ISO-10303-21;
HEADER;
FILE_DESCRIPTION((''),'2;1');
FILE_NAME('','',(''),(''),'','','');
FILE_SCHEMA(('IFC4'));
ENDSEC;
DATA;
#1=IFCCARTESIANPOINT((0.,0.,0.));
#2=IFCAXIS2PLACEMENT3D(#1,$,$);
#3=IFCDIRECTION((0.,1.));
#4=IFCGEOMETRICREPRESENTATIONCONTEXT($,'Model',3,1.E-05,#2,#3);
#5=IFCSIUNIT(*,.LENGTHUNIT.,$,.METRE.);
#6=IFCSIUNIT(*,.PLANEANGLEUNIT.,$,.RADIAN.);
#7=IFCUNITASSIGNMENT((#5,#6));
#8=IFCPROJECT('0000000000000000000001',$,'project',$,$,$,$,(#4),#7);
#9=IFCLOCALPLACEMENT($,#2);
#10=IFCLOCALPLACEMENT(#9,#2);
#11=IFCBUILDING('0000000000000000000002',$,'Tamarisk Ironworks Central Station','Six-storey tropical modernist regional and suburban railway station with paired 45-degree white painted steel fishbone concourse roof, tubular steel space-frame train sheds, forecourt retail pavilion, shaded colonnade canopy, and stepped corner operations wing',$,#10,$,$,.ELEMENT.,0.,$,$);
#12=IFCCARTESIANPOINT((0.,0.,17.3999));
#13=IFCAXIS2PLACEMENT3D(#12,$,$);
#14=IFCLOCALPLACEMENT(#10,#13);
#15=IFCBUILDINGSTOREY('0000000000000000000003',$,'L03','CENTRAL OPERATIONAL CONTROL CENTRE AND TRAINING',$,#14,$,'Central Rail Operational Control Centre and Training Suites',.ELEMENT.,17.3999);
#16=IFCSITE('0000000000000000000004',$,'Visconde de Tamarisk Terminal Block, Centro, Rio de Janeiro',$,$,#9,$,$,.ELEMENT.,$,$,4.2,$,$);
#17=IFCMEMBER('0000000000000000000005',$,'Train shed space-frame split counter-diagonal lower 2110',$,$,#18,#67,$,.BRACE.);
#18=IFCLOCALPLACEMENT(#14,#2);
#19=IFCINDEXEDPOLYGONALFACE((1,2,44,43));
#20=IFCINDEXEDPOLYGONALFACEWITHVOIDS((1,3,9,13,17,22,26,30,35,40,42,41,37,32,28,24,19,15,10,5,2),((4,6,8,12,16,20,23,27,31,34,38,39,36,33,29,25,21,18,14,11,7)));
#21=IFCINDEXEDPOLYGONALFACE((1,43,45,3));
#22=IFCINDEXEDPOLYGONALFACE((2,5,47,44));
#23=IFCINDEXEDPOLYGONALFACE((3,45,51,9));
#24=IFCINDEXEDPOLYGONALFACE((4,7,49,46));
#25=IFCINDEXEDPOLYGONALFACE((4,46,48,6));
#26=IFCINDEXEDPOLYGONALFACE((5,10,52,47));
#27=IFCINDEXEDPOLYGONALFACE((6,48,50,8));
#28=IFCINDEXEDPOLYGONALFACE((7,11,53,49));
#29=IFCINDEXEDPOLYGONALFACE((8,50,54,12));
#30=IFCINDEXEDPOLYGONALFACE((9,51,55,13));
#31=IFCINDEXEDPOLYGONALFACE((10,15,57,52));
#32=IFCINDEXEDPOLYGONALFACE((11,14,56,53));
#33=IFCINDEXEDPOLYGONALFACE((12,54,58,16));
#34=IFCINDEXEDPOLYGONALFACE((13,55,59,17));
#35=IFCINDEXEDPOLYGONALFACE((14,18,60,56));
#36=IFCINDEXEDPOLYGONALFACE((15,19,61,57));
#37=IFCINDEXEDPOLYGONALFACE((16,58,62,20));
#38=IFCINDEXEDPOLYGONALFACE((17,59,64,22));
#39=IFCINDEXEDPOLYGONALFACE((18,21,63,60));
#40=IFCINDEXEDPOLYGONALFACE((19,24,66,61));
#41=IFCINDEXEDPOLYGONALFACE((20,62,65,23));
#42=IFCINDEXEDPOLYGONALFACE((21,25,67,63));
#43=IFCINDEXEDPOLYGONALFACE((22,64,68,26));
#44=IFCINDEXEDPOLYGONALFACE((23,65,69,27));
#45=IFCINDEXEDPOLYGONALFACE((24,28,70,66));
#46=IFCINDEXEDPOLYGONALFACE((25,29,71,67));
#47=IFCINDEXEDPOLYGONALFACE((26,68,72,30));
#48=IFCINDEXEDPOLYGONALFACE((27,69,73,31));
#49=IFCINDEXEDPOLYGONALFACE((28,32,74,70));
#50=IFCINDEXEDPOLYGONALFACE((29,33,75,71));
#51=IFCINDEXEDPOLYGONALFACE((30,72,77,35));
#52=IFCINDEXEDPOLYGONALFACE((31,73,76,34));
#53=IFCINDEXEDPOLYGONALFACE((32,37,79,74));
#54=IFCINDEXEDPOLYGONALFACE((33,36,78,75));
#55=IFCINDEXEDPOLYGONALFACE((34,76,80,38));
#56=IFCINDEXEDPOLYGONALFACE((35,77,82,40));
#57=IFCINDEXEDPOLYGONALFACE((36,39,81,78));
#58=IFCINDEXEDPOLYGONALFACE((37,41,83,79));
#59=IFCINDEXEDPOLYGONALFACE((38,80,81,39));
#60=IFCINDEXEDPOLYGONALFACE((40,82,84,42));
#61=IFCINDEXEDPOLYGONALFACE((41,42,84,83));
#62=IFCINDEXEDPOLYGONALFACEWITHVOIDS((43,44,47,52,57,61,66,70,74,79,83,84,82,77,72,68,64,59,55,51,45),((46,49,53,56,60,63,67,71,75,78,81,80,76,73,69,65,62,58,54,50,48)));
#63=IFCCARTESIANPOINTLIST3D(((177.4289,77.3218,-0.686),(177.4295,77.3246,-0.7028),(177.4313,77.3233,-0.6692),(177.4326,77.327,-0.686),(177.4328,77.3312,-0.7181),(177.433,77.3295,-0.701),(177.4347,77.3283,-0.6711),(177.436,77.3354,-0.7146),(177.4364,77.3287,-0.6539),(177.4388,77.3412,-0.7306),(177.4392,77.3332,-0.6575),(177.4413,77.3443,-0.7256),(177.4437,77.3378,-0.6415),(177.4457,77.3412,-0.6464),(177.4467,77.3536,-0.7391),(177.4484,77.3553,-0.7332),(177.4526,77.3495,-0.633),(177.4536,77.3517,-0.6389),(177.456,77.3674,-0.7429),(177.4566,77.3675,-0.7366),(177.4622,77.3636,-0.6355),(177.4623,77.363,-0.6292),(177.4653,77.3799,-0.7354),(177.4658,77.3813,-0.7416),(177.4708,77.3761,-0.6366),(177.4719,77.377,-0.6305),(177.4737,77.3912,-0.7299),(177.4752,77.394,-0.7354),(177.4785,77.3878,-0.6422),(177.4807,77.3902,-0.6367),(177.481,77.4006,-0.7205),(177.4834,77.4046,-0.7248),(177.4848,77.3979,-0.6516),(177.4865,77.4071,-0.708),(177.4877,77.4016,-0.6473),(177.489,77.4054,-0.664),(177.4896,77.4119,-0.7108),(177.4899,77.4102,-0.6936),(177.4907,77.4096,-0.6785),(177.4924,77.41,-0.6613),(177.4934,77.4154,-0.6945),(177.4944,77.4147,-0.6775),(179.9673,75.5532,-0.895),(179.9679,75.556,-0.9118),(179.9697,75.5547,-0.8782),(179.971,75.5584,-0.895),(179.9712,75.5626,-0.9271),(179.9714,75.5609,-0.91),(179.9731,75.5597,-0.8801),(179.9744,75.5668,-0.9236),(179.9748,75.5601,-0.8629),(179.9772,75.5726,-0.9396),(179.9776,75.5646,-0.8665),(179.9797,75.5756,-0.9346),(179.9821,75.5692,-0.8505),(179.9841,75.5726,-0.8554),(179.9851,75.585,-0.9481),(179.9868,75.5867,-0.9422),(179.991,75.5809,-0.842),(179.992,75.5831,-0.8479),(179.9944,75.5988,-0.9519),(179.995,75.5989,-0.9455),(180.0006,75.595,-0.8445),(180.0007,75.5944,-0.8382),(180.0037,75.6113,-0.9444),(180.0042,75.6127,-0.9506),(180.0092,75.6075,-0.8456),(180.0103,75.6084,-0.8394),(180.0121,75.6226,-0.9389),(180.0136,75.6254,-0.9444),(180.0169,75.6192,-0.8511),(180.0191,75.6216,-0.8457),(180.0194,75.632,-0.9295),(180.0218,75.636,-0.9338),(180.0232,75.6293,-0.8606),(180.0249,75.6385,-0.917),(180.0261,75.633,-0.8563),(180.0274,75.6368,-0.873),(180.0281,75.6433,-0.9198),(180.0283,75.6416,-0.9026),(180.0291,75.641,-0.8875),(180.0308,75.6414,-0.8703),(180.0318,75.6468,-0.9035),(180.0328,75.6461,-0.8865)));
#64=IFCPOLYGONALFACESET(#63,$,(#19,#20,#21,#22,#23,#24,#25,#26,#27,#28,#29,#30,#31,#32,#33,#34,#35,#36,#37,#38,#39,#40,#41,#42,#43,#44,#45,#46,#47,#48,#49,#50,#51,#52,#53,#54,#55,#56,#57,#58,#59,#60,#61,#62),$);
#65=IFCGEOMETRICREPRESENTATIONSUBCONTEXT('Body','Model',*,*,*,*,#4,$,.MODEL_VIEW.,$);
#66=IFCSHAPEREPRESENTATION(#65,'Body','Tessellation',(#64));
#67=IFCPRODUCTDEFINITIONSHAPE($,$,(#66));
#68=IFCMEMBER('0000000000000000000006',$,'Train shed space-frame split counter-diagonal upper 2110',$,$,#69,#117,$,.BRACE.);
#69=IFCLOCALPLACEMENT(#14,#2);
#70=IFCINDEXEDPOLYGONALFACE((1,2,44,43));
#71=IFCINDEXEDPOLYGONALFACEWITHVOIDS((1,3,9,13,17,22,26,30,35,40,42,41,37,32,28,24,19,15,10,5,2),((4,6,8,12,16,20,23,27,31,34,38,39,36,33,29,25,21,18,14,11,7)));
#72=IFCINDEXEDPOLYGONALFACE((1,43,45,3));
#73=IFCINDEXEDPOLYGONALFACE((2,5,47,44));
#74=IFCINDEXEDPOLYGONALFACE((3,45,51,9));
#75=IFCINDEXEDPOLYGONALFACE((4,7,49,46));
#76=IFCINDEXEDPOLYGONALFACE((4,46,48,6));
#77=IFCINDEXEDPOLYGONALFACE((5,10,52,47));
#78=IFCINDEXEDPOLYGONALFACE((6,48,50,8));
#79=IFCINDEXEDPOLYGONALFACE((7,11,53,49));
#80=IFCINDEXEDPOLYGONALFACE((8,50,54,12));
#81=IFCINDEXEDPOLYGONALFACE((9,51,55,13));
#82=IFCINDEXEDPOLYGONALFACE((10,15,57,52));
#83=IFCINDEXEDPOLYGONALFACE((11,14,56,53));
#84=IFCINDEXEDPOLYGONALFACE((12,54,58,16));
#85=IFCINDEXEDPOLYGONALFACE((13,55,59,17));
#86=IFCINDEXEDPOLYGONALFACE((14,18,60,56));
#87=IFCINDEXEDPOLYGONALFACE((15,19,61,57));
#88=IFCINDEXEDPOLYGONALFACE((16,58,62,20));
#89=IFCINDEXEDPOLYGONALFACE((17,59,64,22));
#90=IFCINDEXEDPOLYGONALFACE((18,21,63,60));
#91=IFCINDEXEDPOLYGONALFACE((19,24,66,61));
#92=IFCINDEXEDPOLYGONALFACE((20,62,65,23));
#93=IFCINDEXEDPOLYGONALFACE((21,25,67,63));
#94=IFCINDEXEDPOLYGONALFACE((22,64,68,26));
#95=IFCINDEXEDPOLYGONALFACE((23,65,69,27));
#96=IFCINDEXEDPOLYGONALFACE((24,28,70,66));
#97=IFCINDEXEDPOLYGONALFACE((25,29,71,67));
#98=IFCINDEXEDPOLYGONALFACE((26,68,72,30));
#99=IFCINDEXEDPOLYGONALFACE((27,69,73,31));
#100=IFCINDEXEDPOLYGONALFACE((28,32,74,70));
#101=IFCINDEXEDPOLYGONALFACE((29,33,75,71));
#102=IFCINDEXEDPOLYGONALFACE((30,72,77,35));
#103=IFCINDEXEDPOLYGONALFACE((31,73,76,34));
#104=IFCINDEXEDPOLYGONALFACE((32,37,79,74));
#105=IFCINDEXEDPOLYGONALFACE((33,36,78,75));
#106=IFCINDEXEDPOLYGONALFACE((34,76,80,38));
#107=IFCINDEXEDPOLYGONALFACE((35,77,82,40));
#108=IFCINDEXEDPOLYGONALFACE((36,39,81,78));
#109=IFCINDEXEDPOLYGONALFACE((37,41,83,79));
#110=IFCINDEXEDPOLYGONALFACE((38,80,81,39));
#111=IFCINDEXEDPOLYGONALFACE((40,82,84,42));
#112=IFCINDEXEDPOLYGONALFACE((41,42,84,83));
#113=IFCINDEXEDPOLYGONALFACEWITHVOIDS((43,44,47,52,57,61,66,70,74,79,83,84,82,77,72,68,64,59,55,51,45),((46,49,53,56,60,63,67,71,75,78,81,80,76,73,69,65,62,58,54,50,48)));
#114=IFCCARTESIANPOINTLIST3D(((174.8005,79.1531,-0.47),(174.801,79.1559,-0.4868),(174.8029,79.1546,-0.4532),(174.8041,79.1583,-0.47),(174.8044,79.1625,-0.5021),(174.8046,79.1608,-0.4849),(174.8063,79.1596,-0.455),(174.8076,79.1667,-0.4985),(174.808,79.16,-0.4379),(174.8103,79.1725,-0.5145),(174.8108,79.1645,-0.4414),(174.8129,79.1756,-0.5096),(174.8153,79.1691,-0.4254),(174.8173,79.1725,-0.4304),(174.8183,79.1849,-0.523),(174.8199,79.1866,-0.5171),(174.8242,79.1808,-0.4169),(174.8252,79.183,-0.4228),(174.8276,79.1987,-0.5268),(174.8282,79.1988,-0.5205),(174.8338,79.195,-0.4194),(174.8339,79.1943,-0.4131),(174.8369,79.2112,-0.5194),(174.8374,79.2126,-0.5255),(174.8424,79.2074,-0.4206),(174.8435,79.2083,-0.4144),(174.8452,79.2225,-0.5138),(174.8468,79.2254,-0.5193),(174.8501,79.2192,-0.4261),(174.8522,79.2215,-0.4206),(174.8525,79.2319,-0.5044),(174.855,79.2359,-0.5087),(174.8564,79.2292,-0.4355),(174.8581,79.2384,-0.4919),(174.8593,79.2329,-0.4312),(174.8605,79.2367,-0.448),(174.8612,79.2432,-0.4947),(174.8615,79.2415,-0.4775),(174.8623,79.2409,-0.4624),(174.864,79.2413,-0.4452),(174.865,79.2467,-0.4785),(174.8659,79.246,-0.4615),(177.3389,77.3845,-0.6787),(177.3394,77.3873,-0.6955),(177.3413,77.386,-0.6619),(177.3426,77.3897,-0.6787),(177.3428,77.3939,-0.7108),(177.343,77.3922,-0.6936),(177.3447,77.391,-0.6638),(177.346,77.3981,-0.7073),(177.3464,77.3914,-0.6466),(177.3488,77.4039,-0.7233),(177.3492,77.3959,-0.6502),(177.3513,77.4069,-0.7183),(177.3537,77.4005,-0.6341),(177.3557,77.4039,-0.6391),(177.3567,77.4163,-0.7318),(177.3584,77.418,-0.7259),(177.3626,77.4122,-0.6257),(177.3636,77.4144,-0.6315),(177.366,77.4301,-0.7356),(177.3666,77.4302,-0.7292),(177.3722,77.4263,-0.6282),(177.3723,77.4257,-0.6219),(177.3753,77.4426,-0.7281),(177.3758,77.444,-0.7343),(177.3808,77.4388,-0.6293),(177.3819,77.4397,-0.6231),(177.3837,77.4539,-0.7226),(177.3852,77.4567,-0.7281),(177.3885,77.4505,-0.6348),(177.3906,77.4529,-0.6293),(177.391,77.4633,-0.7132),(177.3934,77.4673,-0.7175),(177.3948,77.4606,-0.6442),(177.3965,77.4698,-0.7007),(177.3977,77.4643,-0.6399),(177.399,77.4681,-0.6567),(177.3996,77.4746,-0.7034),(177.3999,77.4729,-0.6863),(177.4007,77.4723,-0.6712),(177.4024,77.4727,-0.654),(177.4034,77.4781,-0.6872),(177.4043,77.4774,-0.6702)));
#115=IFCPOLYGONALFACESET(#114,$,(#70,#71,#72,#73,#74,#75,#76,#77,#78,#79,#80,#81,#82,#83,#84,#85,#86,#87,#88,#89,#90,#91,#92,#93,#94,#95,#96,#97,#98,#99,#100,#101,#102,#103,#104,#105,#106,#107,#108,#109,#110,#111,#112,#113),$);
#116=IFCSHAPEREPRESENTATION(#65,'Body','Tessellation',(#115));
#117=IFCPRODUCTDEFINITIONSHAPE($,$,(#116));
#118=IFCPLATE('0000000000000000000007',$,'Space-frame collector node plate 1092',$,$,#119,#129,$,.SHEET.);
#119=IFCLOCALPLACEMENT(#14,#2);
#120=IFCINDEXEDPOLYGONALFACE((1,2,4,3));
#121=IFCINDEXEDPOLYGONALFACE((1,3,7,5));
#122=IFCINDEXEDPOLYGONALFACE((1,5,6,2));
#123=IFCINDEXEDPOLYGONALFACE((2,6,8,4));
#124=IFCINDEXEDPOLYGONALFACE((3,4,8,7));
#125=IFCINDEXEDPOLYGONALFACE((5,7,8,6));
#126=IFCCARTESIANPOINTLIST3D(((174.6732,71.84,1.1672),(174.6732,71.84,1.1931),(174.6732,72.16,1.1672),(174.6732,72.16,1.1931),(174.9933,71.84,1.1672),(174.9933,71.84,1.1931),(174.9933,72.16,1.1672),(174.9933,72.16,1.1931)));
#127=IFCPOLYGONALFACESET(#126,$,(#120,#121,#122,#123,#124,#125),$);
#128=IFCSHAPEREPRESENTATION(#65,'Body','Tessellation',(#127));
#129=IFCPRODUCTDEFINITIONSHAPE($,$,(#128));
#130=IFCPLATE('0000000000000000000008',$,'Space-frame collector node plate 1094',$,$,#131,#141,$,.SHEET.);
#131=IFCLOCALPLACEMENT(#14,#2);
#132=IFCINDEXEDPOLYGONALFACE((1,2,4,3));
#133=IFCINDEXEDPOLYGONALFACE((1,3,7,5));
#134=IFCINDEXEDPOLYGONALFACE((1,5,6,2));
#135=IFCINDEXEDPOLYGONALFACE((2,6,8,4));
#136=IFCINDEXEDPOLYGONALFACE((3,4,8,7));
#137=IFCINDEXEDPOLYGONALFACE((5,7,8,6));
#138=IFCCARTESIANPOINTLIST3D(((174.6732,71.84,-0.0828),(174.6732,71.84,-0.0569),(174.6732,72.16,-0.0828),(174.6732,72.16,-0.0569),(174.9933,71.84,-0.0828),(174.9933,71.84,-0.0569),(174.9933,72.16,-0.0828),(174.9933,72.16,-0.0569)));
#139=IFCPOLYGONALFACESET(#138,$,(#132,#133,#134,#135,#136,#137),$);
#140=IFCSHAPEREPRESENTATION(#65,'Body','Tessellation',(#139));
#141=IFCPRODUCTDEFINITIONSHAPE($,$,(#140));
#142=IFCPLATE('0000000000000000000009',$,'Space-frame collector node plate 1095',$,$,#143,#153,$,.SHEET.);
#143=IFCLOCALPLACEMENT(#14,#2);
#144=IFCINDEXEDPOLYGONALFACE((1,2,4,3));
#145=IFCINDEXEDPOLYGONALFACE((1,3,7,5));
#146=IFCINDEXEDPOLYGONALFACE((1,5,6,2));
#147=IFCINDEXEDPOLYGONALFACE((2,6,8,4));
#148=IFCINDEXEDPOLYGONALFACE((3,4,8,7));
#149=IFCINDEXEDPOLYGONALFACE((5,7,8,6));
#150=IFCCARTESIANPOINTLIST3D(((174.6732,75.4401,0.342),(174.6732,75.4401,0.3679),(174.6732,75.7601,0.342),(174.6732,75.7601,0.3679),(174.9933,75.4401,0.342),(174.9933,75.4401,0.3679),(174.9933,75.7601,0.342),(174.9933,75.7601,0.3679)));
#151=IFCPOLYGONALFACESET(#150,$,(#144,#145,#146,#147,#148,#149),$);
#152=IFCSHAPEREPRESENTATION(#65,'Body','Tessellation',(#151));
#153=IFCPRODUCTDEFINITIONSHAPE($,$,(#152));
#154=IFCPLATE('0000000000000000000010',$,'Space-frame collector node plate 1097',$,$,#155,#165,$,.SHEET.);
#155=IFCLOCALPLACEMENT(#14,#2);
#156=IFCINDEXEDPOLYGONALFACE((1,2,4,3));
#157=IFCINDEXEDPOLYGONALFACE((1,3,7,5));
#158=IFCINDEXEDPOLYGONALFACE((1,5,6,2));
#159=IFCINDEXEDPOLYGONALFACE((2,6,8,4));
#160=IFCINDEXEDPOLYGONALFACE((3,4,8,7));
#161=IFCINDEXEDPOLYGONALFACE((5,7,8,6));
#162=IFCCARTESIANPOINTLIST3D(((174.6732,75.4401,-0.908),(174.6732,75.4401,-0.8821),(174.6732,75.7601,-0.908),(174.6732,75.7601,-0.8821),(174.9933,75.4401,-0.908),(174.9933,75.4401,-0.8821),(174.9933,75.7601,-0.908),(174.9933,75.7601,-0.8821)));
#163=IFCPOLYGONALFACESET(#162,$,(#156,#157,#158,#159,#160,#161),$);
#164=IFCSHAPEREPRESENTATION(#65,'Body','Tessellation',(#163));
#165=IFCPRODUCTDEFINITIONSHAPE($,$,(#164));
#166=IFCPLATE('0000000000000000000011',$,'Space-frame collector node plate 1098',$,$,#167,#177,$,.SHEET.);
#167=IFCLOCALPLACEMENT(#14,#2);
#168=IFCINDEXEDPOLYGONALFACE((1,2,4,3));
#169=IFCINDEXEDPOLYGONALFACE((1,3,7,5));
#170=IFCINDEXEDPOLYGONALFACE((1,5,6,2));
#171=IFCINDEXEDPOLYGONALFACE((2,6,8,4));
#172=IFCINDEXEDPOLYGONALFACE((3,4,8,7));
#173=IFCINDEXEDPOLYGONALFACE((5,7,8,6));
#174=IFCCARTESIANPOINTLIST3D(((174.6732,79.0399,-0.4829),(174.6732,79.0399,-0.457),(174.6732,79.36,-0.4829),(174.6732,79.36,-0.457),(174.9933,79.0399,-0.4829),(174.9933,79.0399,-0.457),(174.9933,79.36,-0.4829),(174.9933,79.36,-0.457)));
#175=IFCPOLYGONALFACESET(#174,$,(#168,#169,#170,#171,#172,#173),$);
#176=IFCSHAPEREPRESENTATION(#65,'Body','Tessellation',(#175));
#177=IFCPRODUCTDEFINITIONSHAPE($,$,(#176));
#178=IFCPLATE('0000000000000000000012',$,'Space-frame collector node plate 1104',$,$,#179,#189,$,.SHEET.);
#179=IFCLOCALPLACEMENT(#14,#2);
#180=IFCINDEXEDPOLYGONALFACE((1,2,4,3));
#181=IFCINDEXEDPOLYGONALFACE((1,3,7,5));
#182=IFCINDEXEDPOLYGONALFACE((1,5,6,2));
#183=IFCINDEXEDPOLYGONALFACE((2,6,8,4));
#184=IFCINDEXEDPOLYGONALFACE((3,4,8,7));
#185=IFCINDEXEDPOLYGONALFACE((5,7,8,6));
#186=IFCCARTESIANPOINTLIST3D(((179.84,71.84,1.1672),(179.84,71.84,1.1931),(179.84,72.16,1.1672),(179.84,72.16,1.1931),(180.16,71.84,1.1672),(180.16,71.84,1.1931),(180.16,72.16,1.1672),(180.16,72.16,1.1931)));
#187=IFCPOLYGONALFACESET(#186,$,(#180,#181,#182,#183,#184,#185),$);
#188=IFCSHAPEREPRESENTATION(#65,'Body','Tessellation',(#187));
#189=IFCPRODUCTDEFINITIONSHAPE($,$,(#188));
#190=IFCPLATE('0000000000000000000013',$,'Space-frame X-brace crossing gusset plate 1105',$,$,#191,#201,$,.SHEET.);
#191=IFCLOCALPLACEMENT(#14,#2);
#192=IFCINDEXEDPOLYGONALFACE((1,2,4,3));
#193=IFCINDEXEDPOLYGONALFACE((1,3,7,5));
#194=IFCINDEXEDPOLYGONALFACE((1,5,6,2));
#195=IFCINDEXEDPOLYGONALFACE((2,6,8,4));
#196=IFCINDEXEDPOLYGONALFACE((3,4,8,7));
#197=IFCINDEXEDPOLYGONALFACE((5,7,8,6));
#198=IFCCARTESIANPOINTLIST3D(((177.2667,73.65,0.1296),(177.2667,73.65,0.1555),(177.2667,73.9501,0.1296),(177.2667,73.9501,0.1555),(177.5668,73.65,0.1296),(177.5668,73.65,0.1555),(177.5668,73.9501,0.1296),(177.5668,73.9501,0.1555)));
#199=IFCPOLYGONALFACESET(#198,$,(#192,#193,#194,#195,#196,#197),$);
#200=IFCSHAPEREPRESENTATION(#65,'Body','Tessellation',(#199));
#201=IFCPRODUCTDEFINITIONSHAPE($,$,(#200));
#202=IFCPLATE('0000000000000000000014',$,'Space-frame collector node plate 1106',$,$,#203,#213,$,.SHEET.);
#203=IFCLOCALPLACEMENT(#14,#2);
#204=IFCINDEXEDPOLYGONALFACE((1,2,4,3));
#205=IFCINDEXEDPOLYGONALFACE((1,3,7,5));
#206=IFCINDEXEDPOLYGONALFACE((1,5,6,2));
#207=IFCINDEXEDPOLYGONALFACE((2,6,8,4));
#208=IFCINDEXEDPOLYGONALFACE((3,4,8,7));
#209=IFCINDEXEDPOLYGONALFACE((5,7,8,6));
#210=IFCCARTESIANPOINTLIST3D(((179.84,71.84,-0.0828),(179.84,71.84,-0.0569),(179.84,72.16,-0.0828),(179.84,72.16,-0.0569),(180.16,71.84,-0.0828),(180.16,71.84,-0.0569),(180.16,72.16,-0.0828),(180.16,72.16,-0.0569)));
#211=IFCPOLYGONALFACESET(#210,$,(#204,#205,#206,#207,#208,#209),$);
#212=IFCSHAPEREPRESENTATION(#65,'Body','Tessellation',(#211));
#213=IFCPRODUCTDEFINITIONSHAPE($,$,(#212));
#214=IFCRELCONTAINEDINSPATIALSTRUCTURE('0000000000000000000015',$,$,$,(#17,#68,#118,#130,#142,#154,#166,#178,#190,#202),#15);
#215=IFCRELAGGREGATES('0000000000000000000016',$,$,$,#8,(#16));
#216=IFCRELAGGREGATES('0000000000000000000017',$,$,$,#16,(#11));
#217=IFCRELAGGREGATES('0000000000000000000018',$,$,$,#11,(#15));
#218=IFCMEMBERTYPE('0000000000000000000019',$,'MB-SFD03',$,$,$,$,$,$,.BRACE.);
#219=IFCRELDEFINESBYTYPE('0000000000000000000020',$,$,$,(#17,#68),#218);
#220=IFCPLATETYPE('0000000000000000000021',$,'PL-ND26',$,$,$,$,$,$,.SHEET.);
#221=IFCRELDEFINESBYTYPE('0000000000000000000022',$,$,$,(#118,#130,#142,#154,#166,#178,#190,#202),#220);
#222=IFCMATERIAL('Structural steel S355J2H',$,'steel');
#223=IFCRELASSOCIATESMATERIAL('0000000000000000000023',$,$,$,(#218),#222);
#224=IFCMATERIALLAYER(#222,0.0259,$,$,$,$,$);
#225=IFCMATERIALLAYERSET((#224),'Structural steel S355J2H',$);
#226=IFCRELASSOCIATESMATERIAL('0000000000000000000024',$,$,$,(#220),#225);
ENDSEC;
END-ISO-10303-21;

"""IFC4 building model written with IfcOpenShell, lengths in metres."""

from ifc_helpers import new_model, si_unit, direction, frame, origin, origin_2d, place, context, subcontext, project, spatial, rectangle, hollow_circle, extrude, material, layer, layer_set, material_profile, profile_set, type_object, element, save


model = new_model("IFC4")

# Units and contexts
model_context = context("Model", 3, precision=1e-05, world=origin(), true_north=direction((0.0, 1.0)))
body_context = subcontext(model_context, "Body", "Model", "MODEL_VIEW")
ifc_project = project(units=[si_unit("LENGTHUNIT", "METRE"), si_unit("PLANEANGLEUNIT", "RADIAN")], contexts=[model_context])

# Site, building, storey
site_placement = place(None, origin())
site = spatial("IfcSite", under=ifc_project, at=site_placement, Name="Visconde de Tamarisk Terminal Block, Centro, Rio de Janeiro", CompositionType="ELEMENT", RefElevation=4.2)
building_placement = place(site_placement, origin())
building = spatial("IfcBuilding", under=site, at=building_placement, Name="Tamarisk Ironworks Central Station", Description="Six-storey tropical modernist regional and suburban railway station with paired 45-degree white painted steel fishbone concourse roof, tubular steel space-frame train sheds, forecourt retail pavilion, shaded colonnade canopy, and stepped corner operations wing", CompositionType="ELEMENT", ElevationOfRefHeight=0.0)
storey_placement = place(building_placement, frame((0.0, 0.0, 17.3999)))
storey = spatial("IfcBuildingStorey", under=building, at=storey_placement, Name="L03", Description="CENTRAL OPERATIONAL CONTROL CENTRE AND TRAINING", LongName="Central Rail Operational Control Centre and Training Suites", CompositionType="ELEMENT", Elevation=17.3999)

# Members
ifc_material_1 = material(Name="Structural steel S355J2H", Category="steel")
ifc_material_profile_1 = material_profile(ifc_material_1, hollow_circle(Radius=0.0571, WallThickness=0.0063, at=origin_2d()), Name="CHS 114.3x6.3")
ifc_profile_set_1 = profile_set([ifc_material_profile_1], Name="Structural steel S355J2H")
member_type_1 = type_object("IfcMemberType", Name="MB-SFD03", PredefinedType="BRACE", material=ifc_profile_set_1)
for number, where, z_axis, x_axis, name in (
    (1, (180.0, 75.6001, -0.895), (-0.818621, 0.570366, 0.067398), (-0.571666, -0.820487, 0.0), "Train shed space-frame split counter-diagonal lower 2110"),
    (2, (177.3716, 77.4314, -0.6787), (-0.818625, 0.570369, 0.06732), (-0.571666, -0.820487, 0.0), "Train shed space-frame split counter-diagonal upper 2110"),
):
    element("IfcMember", number, at=place(storey_placement, frame(where, z_axis=z_axis, x_axis=x_axis)), inside=storey, type_object=member_type_1, Name=name, PredefinedType="BRACE", context=body_context, shape_type="SweptSolid", body=[
        extrude(hollow_circle(Radius=0.0571, WallThickness=0.0063, at=origin_2d()), origin(), (0.0, 0.0, 1.0), 3.1008),
    ])

# Plates
ifc_layer_1 = layer(ifc_material_1, 0.0259)
ifc_layer_set_1 = layer_set([ifc_layer_1], Name="Structural steel S355J2H")
plate_type = type_object("IfcPlateType", Name="PL-ND26", PredefinedType="SHEET", material=ifc_layer_set_1)
for number, where, z_axis, x_axis, name in (
    (3, (174.8333, 72.0, 1.1672), (0.0, 0.0, 1.0), (1.0, 0.0, 0.0), "Space-frame collector node plate 1092"),
    (4, (174.8333, 72.0, -0.0828), (0.0, 0.0, 1.0), (1.0, 0.0, 0.0), "Space-frame collector node plate 1094"),
    (5, (174.8333, 75.6001, 0.342), (0.0, 0.0, 1.0), (1.0, 0.0, 0.0), "Space-frame collector node plate 1095"),
    (6, (174.8333, 75.6001, -0.908), (0.0, 0.0, 1.0), (1.0, 0.0, 0.0), "Space-frame collector node plate 1097"),
    (7, (174.8333, 79.2, -0.4829), (0.0, 0.0, 1.0), (1.0, 0.0, 0.0), "Space-frame collector node plate 1098"),
    (8, (180.0, 72.0, 1.1672), (0.0, 0.0, 1.0), (1.0, 0.0, 0.0), "Space-frame collector node plate 1104"),
):
    element("IfcPlate", number, at=place(storey_placement, frame(where, z_axis=z_axis, x_axis=x_axis)), inside=storey, type_object=plate_type, Name=name, PredefinedType="SHEET", context=body_context, shape_type="SweptSolid", body=[
        extrude(rectangle(XDim=0.3201, YDim=0.3201, at=origin_2d()), origin(), (0.0, 0.0, 1.0), 0.0259),
    ])
plate_1_placement = place(storey_placement, frame((177.4167, 73.8, 0.1296), z_axis=(0.0, 0.0, 1.0), x_axis=(1.0, 0.0, 0.0)))
element("IfcPlate", 9, at=plate_1_placement, inside=storey, type_object=plate_type, Name="Space-frame X-brace crossing gusset plate 1105", PredefinedType="SHEET", context=body_context, shape_type="SweptSolid", body=[
    extrude(rectangle(XDim=0.3, YDim=0.3, at=origin_2d()), origin(), (0.0, 0.0, 1.0), 0.0259),
])
for number, where, z_axis, x_axis, name in (
    (10, (180.0, 72.0, -0.0828), (0.0, 0.0, 1.0), (1.0, 0.0, 0.0), "Space-frame collector node plate 1106"),
):
    element("IfcPlate", number, at=place(storey_placement, frame(where, z_axis=z_axis, x_axis=x_axis)), inside=storey, type_object=plate_type, Name=name, PredefinedType="SHEET", context=body_context, shape_type="SweptSolid", body=[
        extrude(rectangle(XDim=0.3201, YDim=0.3201, at=origin_2d()), origin(), (0.0, 0.0, 1.0), 0.0259),
    ])

save(model, "model.ifc")
